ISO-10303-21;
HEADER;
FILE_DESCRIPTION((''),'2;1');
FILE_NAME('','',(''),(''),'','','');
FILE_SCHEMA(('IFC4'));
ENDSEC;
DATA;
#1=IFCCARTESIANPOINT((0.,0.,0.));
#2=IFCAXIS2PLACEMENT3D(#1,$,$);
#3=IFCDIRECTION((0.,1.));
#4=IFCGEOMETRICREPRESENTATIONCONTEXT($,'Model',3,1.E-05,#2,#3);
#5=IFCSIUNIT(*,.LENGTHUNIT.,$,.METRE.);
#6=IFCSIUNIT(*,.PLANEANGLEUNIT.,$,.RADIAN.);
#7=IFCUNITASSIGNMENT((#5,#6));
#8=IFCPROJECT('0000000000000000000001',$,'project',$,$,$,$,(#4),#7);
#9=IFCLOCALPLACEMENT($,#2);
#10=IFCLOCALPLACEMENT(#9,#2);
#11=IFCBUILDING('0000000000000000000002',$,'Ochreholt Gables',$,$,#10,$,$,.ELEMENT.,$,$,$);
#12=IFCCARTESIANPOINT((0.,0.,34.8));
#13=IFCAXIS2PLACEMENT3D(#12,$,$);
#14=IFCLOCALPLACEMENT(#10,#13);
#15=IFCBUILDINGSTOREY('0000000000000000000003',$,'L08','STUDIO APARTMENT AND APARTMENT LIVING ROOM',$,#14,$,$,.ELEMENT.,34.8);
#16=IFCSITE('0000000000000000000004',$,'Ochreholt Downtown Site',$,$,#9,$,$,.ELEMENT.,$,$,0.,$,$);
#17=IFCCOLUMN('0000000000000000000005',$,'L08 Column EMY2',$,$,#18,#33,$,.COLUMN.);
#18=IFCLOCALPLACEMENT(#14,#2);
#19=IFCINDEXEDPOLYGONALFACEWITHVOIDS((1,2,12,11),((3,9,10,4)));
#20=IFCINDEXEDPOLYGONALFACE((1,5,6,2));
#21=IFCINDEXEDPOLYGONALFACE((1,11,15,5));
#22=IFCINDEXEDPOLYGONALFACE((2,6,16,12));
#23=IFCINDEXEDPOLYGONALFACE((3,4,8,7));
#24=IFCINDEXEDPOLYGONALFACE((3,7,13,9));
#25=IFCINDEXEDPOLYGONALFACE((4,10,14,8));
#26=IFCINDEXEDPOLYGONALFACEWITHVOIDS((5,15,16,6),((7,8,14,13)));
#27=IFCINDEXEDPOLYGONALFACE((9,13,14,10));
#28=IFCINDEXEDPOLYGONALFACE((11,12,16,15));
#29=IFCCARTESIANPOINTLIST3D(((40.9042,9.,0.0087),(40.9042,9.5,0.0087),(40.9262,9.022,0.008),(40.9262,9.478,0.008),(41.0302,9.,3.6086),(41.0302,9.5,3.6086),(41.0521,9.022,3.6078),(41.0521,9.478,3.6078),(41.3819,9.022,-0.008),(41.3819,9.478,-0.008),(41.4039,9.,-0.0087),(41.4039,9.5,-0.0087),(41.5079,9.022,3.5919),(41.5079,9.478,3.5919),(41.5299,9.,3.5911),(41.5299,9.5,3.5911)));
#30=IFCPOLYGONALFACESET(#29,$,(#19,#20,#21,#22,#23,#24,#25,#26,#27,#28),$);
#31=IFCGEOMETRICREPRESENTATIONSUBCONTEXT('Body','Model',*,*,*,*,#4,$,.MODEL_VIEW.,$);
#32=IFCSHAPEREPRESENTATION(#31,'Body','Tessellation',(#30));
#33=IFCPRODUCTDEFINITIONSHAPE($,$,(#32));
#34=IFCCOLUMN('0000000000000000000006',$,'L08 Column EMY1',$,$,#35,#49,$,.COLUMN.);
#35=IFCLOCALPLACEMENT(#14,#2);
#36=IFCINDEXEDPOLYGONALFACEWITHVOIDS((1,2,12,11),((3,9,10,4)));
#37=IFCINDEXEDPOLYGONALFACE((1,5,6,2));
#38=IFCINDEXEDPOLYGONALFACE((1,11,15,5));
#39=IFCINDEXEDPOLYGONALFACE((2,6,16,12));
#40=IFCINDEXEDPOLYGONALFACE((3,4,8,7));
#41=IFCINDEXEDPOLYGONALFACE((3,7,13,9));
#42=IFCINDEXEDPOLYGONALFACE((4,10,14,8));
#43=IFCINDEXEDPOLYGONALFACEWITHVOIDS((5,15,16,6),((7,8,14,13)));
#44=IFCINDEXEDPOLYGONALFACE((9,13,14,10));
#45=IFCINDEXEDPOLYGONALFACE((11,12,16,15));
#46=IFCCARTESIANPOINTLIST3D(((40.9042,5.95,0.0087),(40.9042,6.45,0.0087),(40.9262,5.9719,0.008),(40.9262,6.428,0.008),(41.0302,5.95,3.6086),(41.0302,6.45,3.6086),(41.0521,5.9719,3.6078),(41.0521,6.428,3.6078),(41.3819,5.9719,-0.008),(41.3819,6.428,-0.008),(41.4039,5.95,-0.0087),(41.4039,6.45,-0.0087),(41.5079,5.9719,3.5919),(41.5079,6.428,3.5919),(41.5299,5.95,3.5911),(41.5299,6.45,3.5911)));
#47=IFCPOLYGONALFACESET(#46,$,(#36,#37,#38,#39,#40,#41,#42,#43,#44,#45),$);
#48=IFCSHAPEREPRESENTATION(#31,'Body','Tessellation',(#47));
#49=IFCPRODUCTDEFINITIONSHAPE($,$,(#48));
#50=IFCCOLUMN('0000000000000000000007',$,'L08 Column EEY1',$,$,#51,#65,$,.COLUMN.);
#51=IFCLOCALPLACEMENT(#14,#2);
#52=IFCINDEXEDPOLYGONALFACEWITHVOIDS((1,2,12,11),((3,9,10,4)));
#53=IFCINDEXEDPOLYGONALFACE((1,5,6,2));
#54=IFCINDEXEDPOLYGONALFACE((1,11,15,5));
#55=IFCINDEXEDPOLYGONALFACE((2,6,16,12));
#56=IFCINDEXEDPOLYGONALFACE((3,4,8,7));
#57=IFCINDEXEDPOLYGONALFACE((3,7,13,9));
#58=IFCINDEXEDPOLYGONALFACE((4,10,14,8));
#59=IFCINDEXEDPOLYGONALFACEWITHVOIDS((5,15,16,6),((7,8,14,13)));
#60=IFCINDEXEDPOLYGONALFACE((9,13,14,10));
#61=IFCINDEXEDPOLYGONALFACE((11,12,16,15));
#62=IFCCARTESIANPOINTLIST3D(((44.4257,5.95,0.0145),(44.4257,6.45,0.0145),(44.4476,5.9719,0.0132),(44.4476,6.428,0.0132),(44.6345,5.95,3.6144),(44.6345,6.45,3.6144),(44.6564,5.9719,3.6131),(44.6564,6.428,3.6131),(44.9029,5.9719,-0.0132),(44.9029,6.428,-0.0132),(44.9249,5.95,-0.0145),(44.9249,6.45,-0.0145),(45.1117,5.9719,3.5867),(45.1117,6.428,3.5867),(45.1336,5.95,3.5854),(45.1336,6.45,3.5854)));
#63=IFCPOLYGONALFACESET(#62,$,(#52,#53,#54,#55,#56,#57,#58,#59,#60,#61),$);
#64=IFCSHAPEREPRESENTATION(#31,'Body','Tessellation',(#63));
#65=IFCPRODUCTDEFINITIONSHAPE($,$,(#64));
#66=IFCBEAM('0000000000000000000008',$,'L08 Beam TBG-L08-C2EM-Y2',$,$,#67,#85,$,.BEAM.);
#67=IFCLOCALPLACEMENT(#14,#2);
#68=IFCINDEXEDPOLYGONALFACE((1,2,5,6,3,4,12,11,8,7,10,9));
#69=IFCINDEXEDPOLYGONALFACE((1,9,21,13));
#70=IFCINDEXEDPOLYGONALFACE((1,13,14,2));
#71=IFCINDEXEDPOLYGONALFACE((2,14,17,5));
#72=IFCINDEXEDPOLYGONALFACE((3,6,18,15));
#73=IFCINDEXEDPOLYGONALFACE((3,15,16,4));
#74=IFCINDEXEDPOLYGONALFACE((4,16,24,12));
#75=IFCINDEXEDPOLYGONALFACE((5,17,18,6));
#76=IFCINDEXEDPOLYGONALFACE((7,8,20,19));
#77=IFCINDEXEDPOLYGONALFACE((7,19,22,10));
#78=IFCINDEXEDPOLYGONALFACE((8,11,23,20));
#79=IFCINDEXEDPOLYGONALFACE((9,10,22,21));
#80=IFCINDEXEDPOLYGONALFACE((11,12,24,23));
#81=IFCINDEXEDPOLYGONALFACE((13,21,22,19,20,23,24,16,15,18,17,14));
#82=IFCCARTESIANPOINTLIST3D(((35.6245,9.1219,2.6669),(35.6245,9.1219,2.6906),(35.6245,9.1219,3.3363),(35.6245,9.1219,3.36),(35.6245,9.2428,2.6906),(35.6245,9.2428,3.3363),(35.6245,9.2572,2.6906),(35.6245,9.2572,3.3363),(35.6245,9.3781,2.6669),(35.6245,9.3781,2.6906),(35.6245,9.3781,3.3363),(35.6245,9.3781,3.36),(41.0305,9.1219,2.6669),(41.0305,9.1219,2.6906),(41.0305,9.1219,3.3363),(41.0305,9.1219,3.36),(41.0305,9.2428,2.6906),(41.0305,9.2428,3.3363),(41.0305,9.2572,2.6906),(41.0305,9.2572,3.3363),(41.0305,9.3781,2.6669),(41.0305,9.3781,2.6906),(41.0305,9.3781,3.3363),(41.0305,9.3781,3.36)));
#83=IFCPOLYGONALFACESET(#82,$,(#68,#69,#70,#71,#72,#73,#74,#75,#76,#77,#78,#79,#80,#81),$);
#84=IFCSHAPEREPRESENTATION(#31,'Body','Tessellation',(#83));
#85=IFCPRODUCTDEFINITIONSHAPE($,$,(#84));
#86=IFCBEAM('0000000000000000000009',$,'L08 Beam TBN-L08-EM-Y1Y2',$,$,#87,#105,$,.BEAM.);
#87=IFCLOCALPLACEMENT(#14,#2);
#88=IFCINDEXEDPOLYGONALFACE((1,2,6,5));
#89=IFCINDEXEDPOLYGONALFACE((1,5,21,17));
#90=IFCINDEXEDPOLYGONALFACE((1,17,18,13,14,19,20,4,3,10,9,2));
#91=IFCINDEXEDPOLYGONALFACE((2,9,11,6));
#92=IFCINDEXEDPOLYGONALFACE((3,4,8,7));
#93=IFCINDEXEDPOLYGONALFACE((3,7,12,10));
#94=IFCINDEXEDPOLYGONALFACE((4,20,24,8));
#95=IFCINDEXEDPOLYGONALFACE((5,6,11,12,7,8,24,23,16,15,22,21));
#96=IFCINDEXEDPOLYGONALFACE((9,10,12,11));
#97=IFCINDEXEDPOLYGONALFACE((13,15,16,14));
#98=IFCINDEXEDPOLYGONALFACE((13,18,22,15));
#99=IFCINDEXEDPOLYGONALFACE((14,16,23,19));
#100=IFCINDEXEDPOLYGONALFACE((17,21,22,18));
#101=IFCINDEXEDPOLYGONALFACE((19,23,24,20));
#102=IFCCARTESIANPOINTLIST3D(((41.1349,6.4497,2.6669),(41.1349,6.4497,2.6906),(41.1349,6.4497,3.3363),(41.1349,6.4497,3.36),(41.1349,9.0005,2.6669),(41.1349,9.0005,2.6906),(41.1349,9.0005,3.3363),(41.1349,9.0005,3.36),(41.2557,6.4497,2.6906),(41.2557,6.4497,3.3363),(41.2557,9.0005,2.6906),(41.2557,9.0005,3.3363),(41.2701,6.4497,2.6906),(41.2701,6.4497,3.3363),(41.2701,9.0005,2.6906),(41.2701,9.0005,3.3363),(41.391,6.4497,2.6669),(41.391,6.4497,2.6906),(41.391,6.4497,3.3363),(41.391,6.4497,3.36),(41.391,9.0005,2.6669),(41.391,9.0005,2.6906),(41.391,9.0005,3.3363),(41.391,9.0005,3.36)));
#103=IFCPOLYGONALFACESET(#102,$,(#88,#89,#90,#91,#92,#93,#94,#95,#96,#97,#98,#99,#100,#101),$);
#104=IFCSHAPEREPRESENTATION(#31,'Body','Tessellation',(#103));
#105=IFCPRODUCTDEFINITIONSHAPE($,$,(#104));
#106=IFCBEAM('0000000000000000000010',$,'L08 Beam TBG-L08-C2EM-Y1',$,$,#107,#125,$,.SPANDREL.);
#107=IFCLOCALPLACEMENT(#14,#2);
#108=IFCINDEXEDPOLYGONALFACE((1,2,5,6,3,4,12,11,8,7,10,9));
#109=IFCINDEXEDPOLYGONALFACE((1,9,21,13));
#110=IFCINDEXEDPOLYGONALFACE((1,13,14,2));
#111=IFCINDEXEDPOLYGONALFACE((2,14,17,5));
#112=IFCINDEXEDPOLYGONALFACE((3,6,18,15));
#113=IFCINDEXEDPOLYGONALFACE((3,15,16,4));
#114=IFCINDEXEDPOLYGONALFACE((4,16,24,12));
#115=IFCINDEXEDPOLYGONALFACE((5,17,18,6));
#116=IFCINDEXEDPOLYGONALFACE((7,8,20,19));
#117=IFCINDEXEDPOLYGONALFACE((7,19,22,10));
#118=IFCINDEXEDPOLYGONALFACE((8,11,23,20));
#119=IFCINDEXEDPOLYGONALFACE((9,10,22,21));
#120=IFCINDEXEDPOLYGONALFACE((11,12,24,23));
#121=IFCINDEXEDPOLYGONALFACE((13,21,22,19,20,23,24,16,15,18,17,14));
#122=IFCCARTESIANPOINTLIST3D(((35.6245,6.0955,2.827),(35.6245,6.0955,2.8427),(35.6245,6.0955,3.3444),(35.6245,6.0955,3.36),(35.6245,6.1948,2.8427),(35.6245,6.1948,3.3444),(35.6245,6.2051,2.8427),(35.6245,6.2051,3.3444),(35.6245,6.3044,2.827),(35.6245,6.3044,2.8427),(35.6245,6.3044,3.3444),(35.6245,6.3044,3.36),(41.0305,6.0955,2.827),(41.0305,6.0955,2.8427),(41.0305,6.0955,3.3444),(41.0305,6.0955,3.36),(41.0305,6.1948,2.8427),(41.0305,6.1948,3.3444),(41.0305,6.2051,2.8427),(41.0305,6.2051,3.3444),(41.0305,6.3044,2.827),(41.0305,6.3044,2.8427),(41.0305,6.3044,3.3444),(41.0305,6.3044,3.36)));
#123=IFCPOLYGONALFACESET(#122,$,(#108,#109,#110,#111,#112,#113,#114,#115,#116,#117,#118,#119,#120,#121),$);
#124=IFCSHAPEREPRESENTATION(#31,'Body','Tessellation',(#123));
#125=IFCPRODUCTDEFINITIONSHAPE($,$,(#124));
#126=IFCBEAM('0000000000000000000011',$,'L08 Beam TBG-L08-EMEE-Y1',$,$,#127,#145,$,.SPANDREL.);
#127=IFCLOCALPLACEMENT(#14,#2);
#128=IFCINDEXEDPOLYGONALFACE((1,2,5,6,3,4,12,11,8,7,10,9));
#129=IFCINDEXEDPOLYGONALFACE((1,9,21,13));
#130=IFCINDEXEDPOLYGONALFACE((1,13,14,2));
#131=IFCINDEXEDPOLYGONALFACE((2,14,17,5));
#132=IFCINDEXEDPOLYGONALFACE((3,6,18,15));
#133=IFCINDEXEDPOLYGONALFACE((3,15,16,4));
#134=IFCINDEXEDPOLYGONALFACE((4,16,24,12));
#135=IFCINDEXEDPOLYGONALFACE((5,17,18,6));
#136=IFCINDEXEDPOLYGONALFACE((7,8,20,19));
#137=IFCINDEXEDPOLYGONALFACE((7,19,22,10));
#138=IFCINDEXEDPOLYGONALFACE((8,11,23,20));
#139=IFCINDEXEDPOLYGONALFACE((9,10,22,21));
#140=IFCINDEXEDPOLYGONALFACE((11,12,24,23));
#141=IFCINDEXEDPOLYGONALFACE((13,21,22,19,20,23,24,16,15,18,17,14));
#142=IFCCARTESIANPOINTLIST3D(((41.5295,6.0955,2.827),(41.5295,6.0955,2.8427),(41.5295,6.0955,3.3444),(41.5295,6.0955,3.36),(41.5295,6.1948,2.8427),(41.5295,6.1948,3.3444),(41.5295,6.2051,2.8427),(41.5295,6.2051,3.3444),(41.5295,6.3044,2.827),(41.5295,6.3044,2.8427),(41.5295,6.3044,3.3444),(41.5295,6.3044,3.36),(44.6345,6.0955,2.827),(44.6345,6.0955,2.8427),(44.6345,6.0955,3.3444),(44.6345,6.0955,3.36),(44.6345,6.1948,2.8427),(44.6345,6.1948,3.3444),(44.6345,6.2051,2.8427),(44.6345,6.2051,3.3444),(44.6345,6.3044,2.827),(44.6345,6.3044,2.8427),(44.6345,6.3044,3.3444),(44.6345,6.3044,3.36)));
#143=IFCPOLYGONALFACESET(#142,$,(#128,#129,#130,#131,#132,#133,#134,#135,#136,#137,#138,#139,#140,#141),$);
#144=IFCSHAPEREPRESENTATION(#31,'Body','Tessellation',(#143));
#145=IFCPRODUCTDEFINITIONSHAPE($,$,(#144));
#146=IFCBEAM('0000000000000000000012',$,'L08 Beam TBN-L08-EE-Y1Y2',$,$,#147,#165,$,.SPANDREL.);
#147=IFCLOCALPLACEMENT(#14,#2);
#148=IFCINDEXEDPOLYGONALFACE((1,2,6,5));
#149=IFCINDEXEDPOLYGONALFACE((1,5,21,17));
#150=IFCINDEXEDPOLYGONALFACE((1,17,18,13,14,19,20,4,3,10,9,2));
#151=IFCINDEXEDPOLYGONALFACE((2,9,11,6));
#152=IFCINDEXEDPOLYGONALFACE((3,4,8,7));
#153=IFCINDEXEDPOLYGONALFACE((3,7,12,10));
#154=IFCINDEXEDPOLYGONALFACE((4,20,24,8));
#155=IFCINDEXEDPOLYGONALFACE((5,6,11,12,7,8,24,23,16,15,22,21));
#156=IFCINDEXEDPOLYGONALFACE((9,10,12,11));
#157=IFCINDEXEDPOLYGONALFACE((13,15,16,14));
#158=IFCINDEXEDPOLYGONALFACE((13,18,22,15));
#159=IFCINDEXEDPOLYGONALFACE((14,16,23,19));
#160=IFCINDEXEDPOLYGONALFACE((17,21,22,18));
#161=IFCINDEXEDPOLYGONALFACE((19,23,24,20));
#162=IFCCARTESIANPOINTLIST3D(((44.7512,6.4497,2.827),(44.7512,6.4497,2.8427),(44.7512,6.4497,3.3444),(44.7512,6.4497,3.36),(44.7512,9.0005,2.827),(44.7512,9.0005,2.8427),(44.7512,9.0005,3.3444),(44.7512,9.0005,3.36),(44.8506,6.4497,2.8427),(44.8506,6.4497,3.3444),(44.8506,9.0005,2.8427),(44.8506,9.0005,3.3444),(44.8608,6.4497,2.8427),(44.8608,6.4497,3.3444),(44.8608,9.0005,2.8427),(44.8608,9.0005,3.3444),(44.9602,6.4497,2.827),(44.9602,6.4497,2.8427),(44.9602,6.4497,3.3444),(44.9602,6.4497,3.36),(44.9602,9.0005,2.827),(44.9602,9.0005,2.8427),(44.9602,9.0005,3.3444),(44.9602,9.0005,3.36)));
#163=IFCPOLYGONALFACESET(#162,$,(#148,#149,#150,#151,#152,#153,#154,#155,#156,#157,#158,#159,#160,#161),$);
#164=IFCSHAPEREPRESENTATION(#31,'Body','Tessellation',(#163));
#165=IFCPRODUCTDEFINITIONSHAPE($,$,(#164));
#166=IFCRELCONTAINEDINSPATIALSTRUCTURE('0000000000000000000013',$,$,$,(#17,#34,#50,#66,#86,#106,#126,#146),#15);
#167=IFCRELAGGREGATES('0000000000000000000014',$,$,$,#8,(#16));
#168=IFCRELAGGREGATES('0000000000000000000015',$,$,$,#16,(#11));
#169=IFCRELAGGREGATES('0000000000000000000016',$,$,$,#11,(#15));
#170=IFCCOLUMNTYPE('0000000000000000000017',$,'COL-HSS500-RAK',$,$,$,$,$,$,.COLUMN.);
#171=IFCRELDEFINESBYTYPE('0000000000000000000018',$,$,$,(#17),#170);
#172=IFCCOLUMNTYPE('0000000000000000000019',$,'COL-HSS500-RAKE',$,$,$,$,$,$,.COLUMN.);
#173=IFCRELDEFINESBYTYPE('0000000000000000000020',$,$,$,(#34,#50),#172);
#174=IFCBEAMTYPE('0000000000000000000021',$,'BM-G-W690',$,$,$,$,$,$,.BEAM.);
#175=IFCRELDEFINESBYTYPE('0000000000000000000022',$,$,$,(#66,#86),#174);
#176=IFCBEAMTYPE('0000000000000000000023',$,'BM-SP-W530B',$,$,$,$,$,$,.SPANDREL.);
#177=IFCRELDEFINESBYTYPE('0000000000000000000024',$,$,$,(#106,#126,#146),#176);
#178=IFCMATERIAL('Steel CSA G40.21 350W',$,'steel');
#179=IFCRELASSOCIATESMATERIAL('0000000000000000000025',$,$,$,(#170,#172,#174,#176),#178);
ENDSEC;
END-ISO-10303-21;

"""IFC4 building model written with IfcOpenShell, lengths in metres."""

from ifc_helpers import new_model, si_unit, direction, frame, origin, origin_2d, place, context, subcontext, project, spatial, hollow_rectangle, i_section, extrude, material, material_profile, profile_set, type_object, element, save


model = new_model("IFC4")

# Units and contexts
model_context = context("Model", 3, precision=1e-05, world=origin(), true_north=direction((0.0, 1.0)))
body_context = subcontext(model_context, "Body", "Model", "MODEL_VIEW")
ifc_project = project(units=[si_unit("LENGTHUNIT", "METRE"), si_unit("PLANEANGLEUNIT", "RADIAN")], contexts=[model_context])

# Site, building, storey
site_placement = place(None, origin())
site = spatial("IfcSite", under=ifc_project, at=site_placement, Name="Ochreholt Downtown Site", CompositionType="ELEMENT", RefElevation=0.0)
building_placement = place(site_placement, origin())
building = spatial("IfcBuilding", under=site, at=building_placement, Name="Ochreholt Gables", CompositionType="ELEMENT")
storey_placement = place(building_placement, frame((0.0, 0.0, 34.8)))
storey = spatial("IfcBuildingStorey", under=building, at=storey_placement, Name="L08", Description="STUDIO APARTMENT AND APARTMENT LIVING ROOM", CompositionType="ELEMENT", Elevation=34.8)

# Columns
ifc_material_1 = material(Name="Steel CSA G40.21 350W", Category="steel")
ifc_material_profile_1 = material_profile(ifc_material_1, hollow_rectangle(XDim=0.5, YDim=0.5, WallThickness=0.022, at=origin_2d()), Name="HSS500X500X22")
ifc_profile_set_1 = profile_set([ifc_material_profile_1], Name="Steel CSA G40.21 350W")
column_type_1 = type_object("IfcColumnType", Name="COL-HSS500-RAK", PredefinedType="COLUMN", material=ifc_profile_set_1)
column_1_placement = place(storey_placement, frame((41.1541, 9.25, 0.0), z_axis=(0.034974, 0.0, 0.999388), x_axis=(0.0, 1.0, 0.0)))
element("IfcColumn", 1, at=column_1_placement, inside=storey, type_object=column_type_1, Name="L08 Column EMY2", PredefinedType="COLUMN", context=body_context, shape_type="SweptSolid", body=[
    extrude(hollow_rectangle(XDim=0.5, YDim=0.5, WallThickness=0.022, at=origin_2d()), origin(), (0.0, 0.0, 1.0), 3.6021),
])
ifc_material_profile_2 = material_profile(ifc_material_1, hollow_rectangle(XDim=0.5, YDim=0.5, WallThickness=0.022, at=origin_2d()), Name="HSS500X500X22")
ifc_profile_set_2 = profile_set([ifc_material_profile_2], Name="Steel CSA G40.21 350W")
column_type_2 = type_object("IfcColumnType", Name="COL-HSS500-RAKE", PredefinedType="COLUMN", material=ifc_profile_set_2)
column_2_placement = place(storey_placement, frame((41.1541, 6.2, 0.0), z_axis=(0.034974, 0.0, 0.999388), x_axis=(0.0, 1.0, 0.0)))
element("IfcColumn", 2, at=column_2_placement, inside=storey, type_object=column_type_2, Name="L08 Column EMY1", PredefinedType="COLUMN", context=body_context, shape_type="SweptSolid", body=[
    extrude(hollow_rectangle(XDim=0.5, YDim=0.5, WallThickness=0.022, at=origin_2d()), origin(), (0.0, 0.0, 1.0), 3.6021),
])
column_3_placement = place(storey_placement, frame((44.6753, 6.2, 0.0), z_axis=(0.057889, 0.0, 0.998323), x_axis=(0.0, 1.0, 0.0)))
element("IfcColumn", 3, at=column_3_placement, inside=storey, type_object=column_type_2, Name="L08 Column EEY1", PredefinedType="COLUMN", context=body_context, shape_type="SweptSolid", body=[
    extrude(hollow_rectangle(XDim=0.5, YDim=0.5, WallThickness=0.022, at=origin_2d()), origin(), (0.0, 0.0, 1.0), 3.606),
])

# Beams
ifc_material_profile_3 = material_profile(ifc_material_1, i_section(OverallWidth=0.2561, OverallDepth=0.6931, WebThickness=0.0144, FlangeThickness=0.0237, at=origin_2d()), Name="W690X170")
ifc_profile_set_3 = profile_set([ifc_material_profile_3], Name="Steel CSA G40.21 350W")
beam_type_1 = type_object("IfcBeamType", Name="BM-G-W690", PredefinedType="BEAM", material=ifc_profile_set_3)
beam_1_placement = place(storey_placement, frame((35.6245, 9.25, 3.0134), z_axis=(1.0, 0.0, 0.0), x_axis=(0.0, 1.0, 0.0)))
element("IfcBeam", 4, at=beam_1_placement, inside=storey, type_object=beam_type_1, Name="L08 Beam TBG-L08-C2EM-Y2", PredefinedType="BEAM", context=body_context, shape_type="SweptSolid", body=[
    extrude(i_section(OverallWidth=0.2561, OverallDepth=0.6931, WebThickness=0.0144, FlangeThickness=0.0237, at=origin_2d()), origin(), (0.0, 0.0, 1.0), 5.406),
])
beam_2_placement = place(storey_placement, frame((41.2629, 6.4497, 3.0134), z_axis=(0.0, 1.0, 0.0), x_axis=(-1.0, 0.0, 0.0)))
element("IfcBeam", 5, at=beam_2_placement, inside=storey, type_object=beam_type_1, Name="L08 Beam TBN-L08-EM-Y1Y2", PredefinedType="BEAM", context=body_context, shape_type="SweptSolid", body=[
    extrude(i_section(OverallWidth=0.2561, OverallDepth=0.6931, WebThickness=0.0144, FlangeThickness=0.0237, at=origin_2d()), origin(), (0.0, 0.0, 1.0), 2.5508),
])
ifc_material_profile_4 = material_profile(ifc_material_1, i_section(OverallWidth=0.209, OverallDepth=0.533, WebThickness=0.0103, FlangeThickness=0.0156, at=origin_2d()), Name="W530X92")
ifc_profile_set_4 = profile_set([ifc_material_profile_4], Name="Steel CSA G40.21 350W")
beam_type_2 = type_object("IfcBeamType", Name="BM-SP-W530B", PredefinedType="SPANDREL", material=ifc_profile_set_4)
beam_3_placement = place(storey_placement, frame((35.6245, 6.2, 3.0935), z_axis=(1.0, 0.0, 0.0), x_axis=(0.0, 1.0, 0.0)))
element("IfcBeam", 6, at=beam_3_placement, inside=storey, type_object=beam_type_2, Name="L08 Beam TBG-L08-C2EM-Y1", PredefinedType="SPANDREL", context=body_context, shape_type="SweptSolid", body=[
    extrude(i_section(OverallWidth=0.209, OverallDepth=0.533, WebThickness=0.0103, FlangeThickness=0.0156, at=origin_2d()), origin(), (0.0, 0.0, 1.0), 5.406),
])
beam_4_placement = place(storey_placement, frame((41.5295, 6.2, 3.0935), z_axis=(1.0, 0.0, 0.0), x_axis=(0.0, 1.0, 0.0)))
element("IfcBeam", 7, at=beam_4_placement, inside=storey, type_object=beam_type_2, Name="L08 Beam TBG-L08-EMEE-Y1", PredefinedType="SPANDREL", context=body_context, shape_type="SweptSolid", body=[
    extrude(i_section(OverallWidth=0.209, OverallDepth=0.533, WebThickness=0.0103, FlangeThickness=0.0156, at=origin_2d()), origin(), (0.0, 0.0, 1.0), 3.105),
])
beam_5_placement = place(storey_placement, frame((44.8557, 6.4497, 3.0935), z_axis=(0.0, 1.0, 0.0), x_axis=(-1.0, 0.0, 0.0)))
element("IfcBeam", 8, at=beam_5_placement, inside=storey, type_object=beam_type_2, Name="L08 Beam TBN-L08-EE-Y1Y2", PredefinedType="SPANDREL", context=body_context, shape_type="SweptSolid", body=[
    extrude(i_section(OverallWidth=0.209, OverallDepth=0.533, WebThickness=0.0103, FlangeThickness=0.0156, at=origin_2d()), origin(), (0.0, 0.0, 1.0), 2.5508),
])

save(model, "model.ifc")
